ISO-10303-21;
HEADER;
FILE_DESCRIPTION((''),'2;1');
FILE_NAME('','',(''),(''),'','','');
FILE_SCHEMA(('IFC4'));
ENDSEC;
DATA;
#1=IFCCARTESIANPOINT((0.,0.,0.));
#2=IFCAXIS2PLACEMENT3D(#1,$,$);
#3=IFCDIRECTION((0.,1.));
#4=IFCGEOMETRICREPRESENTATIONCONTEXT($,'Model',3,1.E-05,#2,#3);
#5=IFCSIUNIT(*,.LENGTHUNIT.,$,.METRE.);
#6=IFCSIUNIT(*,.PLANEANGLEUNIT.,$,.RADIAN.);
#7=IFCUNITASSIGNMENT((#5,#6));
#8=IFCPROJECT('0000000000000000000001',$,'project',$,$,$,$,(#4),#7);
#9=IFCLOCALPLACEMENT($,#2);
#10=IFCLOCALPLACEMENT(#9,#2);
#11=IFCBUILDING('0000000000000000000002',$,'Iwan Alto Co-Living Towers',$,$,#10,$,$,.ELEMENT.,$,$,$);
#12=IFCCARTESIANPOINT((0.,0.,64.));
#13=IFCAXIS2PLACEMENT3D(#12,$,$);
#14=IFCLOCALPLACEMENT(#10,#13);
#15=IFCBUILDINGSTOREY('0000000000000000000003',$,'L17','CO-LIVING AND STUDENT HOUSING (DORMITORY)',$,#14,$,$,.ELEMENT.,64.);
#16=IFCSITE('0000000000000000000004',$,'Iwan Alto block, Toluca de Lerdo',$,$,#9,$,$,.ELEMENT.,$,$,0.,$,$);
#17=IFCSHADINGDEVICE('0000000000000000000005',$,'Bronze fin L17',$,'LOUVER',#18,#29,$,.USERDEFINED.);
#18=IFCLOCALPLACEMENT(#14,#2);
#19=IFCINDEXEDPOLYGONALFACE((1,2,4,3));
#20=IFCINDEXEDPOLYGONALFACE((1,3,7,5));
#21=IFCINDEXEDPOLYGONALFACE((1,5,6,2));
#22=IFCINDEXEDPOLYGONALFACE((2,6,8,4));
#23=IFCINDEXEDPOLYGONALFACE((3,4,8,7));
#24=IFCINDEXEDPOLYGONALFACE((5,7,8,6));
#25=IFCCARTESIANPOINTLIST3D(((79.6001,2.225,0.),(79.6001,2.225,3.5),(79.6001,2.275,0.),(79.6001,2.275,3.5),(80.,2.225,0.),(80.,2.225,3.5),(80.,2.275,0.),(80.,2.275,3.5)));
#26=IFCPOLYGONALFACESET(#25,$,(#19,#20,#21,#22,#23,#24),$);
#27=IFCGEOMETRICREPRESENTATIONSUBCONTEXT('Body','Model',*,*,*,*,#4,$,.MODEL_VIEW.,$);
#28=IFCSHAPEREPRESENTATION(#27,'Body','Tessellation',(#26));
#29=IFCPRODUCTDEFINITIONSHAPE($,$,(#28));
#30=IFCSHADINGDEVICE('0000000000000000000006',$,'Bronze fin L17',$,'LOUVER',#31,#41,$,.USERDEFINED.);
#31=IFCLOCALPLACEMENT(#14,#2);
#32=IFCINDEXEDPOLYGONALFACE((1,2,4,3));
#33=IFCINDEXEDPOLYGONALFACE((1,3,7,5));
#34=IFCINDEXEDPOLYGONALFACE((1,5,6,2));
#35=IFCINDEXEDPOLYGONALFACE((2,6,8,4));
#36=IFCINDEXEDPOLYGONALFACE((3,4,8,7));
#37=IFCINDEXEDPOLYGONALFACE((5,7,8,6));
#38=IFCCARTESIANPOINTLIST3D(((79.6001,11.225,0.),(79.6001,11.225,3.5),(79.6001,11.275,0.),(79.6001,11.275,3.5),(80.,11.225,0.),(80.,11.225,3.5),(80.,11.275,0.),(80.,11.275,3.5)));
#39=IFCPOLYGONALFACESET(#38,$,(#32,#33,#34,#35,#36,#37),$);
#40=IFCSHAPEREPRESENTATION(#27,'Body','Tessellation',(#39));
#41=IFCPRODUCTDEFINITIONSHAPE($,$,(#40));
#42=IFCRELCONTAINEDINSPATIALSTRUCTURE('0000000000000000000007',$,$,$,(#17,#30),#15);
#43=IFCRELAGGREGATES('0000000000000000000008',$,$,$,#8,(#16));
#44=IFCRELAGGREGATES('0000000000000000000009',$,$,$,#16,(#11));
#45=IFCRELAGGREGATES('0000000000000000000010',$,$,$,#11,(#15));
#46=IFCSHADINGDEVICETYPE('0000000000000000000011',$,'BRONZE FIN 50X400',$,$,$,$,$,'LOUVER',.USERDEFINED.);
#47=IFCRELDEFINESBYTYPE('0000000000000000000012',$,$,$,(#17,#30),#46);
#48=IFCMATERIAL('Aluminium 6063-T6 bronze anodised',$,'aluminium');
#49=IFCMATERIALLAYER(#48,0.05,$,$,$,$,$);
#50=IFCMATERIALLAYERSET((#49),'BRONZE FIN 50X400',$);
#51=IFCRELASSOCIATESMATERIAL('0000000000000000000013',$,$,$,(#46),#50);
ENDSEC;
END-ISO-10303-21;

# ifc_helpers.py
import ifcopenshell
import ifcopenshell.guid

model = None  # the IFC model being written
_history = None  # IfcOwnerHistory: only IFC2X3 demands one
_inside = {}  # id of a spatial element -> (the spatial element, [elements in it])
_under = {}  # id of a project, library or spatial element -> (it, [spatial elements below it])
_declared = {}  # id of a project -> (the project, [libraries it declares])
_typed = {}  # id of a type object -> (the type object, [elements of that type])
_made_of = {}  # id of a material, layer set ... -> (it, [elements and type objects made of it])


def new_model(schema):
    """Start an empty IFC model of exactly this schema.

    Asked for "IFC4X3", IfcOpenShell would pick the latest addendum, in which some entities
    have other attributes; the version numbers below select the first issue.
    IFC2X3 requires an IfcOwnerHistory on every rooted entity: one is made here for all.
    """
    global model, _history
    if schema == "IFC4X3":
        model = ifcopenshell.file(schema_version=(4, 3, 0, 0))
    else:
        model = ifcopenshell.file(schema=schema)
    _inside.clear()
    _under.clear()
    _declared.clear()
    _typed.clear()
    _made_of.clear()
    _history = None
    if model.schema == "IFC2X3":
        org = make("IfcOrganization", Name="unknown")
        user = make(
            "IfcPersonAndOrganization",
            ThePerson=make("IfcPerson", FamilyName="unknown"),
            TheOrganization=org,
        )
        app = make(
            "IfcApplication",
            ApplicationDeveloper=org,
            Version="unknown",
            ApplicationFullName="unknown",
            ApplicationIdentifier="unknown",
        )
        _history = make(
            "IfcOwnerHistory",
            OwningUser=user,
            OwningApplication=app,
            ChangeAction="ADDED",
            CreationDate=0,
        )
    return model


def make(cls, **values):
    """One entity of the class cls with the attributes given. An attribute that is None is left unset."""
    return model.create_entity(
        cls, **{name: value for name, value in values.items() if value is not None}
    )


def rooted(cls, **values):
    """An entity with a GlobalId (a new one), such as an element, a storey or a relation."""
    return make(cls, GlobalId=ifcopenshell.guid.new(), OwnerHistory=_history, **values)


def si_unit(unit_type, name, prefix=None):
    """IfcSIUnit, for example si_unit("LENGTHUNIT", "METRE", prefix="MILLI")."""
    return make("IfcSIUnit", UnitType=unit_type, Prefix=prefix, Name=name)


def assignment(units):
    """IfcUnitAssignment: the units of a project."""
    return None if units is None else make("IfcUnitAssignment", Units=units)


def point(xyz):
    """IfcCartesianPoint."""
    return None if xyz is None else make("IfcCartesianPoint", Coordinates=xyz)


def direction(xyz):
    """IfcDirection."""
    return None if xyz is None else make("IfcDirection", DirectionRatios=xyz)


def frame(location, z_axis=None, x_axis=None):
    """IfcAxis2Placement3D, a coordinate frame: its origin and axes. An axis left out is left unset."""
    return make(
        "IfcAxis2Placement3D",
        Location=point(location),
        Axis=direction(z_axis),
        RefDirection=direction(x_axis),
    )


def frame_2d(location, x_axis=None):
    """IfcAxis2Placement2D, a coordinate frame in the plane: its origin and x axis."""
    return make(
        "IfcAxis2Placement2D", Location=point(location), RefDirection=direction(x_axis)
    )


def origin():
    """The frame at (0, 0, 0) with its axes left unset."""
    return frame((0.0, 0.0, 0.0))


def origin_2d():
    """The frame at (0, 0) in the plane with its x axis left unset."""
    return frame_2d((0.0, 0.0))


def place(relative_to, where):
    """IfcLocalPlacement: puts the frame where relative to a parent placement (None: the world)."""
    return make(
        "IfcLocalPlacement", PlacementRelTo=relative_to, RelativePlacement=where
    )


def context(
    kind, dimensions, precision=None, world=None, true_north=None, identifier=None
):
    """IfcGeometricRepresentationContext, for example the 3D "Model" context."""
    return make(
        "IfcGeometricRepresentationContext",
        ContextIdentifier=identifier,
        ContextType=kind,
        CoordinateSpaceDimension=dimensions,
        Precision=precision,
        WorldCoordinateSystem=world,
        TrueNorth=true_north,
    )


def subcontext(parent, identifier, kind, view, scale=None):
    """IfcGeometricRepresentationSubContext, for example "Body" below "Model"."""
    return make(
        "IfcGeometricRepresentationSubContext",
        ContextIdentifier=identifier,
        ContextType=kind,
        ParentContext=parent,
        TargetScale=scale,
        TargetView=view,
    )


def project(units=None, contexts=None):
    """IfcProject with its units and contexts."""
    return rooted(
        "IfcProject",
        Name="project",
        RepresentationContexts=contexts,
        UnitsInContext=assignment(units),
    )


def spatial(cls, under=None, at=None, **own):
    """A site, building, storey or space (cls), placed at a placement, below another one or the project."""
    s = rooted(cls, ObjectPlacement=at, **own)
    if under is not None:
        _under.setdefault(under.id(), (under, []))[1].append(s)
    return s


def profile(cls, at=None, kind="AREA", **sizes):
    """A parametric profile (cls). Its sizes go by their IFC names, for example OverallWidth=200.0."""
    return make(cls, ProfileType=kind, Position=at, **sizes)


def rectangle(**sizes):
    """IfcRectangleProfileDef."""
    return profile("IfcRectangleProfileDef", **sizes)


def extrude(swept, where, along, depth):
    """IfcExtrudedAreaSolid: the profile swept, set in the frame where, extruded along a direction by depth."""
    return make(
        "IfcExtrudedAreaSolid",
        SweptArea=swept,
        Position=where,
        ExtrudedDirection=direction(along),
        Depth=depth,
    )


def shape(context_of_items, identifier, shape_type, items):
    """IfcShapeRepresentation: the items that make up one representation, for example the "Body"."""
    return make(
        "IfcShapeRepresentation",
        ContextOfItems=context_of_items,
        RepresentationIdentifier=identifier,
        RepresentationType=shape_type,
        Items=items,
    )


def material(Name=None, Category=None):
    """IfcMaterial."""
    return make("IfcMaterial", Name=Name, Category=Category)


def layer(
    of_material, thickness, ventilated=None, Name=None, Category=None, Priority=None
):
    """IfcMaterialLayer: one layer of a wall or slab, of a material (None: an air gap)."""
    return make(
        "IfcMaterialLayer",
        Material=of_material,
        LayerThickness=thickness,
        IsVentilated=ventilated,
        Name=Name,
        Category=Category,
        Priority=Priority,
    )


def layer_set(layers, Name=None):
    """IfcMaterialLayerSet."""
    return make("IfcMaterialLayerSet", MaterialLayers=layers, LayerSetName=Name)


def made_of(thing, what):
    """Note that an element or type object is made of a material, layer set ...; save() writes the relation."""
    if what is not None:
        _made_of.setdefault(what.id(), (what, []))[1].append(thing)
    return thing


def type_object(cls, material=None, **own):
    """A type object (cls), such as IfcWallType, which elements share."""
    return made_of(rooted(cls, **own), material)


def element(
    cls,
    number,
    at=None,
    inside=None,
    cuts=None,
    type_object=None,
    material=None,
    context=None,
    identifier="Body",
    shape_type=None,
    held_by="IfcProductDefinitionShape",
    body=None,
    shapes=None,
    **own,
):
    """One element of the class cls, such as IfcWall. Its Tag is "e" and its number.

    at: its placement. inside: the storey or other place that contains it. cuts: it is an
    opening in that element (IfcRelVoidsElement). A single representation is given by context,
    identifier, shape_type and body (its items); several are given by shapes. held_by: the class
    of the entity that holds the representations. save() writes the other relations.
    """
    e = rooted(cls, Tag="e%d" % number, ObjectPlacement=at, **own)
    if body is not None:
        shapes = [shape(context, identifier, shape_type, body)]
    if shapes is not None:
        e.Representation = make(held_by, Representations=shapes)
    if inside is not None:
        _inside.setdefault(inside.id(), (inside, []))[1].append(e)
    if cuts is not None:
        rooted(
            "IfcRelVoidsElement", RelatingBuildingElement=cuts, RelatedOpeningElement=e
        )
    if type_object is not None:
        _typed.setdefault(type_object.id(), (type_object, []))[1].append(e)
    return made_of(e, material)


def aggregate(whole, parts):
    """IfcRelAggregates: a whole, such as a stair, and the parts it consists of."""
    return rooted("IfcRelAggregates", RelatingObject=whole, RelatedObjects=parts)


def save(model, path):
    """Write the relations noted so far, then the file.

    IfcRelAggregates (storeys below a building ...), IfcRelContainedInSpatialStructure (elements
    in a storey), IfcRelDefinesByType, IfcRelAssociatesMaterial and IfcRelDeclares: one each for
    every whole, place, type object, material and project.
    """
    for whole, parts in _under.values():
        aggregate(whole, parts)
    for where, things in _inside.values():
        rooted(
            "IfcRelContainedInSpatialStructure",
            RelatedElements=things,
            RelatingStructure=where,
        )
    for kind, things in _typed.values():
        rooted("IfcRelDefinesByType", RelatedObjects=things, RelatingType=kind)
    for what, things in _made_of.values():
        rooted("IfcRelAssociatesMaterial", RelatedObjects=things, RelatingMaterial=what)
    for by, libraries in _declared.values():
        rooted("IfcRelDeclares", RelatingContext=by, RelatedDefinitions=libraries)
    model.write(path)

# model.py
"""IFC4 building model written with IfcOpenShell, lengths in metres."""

from ifc_helpers import new_model, si_unit, direction, frame, origin, origin_2d, place, context, subcontext, project, spatial, rectangle, extrude, material, layer, layer_set, type_object, element, save


model = new_model("IFC4")

# Units and contexts
model_context = context("Model", 3, precision=1e-05, world=origin(), true_north=direction((0.0, 1.0)))
body_context = subcontext(model_context, "Body", "Model", "MODEL_VIEW")
ifc_project = project(units=[si_unit("LENGTHUNIT", "METRE"), si_unit("PLANEANGLEUNIT", "RADIAN")], contexts=[model_context])

# Site, building, storey
site_placement = place(None, origin())
site = spatial("IfcSite", under=ifc_project, at=site_placement, Name="Iwan Alto block, Toluca de Lerdo", CompositionType="ELEMENT", RefElevation=0.0)
building_placement = place(site_placement, origin())
building = spatial("IfcBuilding", under=site, at=building_placement, Name="Iwan Alto Co-Living Towers", CompositionType="ELEMENT")
storey_placement = place(building_placement, frame((0.0, 0.0, 64.0)))
storey = spatial("IfcBuildingStorey", under=building, at=storey_placement, Name="L17", Description="CO-LIVING AND STUDENT HOUSING (DORMITORY)", CompositionType="ELEMENT", Elevation=64.0)

# Shading devices
ifc_material_1 = material(Name="Aluminium 6063-T6 bronze anodised", Category="aluminium")
ifc_layer_1 = layer(ifc_material_1, 0.05)
ifc_layer_set_1 = layer_set([ifc_layer_1], Name="BRONZE FIN 50X400")
shading_device_type = type_object("IfcShadingDeviceType", Name="BRONZE FIN 50X400", ElementType="LOUVER", PredefinedType="USERDEFINED", material=ifc_layer_set_1)
for number, where, z_axis, x_axis, name in (
    (1, (79.8, 2.25, 0.0), (0.0, 0.0, 1.0), (0.0, 1.0, 0.0), "Bronze fin L17"),
    (2, (79.8, 11.25, 0.0), (0.0, 0.0, 1.0), (0.0, 1.0, 0.0), "Bronze fin L17"),
):
    element("IfcShadingDevice", number, at=place(storey_placement, frame(where, z_axis=z_axis, x_axis=x_axis)), inside=storey, type_object=shading_device_type, Name=name, ObjectType="LOUVER", PredefinedType="USERDEFINED", context=body_context, shape_type="SweptSolid", body=[
        extrude(rectangle(XDim=0.05, YDim=0.3999, at=origin_2d()), origin(), (0.0, 0.0, 1.0), 3.5),
    ])

save(model, "model.ifc")
